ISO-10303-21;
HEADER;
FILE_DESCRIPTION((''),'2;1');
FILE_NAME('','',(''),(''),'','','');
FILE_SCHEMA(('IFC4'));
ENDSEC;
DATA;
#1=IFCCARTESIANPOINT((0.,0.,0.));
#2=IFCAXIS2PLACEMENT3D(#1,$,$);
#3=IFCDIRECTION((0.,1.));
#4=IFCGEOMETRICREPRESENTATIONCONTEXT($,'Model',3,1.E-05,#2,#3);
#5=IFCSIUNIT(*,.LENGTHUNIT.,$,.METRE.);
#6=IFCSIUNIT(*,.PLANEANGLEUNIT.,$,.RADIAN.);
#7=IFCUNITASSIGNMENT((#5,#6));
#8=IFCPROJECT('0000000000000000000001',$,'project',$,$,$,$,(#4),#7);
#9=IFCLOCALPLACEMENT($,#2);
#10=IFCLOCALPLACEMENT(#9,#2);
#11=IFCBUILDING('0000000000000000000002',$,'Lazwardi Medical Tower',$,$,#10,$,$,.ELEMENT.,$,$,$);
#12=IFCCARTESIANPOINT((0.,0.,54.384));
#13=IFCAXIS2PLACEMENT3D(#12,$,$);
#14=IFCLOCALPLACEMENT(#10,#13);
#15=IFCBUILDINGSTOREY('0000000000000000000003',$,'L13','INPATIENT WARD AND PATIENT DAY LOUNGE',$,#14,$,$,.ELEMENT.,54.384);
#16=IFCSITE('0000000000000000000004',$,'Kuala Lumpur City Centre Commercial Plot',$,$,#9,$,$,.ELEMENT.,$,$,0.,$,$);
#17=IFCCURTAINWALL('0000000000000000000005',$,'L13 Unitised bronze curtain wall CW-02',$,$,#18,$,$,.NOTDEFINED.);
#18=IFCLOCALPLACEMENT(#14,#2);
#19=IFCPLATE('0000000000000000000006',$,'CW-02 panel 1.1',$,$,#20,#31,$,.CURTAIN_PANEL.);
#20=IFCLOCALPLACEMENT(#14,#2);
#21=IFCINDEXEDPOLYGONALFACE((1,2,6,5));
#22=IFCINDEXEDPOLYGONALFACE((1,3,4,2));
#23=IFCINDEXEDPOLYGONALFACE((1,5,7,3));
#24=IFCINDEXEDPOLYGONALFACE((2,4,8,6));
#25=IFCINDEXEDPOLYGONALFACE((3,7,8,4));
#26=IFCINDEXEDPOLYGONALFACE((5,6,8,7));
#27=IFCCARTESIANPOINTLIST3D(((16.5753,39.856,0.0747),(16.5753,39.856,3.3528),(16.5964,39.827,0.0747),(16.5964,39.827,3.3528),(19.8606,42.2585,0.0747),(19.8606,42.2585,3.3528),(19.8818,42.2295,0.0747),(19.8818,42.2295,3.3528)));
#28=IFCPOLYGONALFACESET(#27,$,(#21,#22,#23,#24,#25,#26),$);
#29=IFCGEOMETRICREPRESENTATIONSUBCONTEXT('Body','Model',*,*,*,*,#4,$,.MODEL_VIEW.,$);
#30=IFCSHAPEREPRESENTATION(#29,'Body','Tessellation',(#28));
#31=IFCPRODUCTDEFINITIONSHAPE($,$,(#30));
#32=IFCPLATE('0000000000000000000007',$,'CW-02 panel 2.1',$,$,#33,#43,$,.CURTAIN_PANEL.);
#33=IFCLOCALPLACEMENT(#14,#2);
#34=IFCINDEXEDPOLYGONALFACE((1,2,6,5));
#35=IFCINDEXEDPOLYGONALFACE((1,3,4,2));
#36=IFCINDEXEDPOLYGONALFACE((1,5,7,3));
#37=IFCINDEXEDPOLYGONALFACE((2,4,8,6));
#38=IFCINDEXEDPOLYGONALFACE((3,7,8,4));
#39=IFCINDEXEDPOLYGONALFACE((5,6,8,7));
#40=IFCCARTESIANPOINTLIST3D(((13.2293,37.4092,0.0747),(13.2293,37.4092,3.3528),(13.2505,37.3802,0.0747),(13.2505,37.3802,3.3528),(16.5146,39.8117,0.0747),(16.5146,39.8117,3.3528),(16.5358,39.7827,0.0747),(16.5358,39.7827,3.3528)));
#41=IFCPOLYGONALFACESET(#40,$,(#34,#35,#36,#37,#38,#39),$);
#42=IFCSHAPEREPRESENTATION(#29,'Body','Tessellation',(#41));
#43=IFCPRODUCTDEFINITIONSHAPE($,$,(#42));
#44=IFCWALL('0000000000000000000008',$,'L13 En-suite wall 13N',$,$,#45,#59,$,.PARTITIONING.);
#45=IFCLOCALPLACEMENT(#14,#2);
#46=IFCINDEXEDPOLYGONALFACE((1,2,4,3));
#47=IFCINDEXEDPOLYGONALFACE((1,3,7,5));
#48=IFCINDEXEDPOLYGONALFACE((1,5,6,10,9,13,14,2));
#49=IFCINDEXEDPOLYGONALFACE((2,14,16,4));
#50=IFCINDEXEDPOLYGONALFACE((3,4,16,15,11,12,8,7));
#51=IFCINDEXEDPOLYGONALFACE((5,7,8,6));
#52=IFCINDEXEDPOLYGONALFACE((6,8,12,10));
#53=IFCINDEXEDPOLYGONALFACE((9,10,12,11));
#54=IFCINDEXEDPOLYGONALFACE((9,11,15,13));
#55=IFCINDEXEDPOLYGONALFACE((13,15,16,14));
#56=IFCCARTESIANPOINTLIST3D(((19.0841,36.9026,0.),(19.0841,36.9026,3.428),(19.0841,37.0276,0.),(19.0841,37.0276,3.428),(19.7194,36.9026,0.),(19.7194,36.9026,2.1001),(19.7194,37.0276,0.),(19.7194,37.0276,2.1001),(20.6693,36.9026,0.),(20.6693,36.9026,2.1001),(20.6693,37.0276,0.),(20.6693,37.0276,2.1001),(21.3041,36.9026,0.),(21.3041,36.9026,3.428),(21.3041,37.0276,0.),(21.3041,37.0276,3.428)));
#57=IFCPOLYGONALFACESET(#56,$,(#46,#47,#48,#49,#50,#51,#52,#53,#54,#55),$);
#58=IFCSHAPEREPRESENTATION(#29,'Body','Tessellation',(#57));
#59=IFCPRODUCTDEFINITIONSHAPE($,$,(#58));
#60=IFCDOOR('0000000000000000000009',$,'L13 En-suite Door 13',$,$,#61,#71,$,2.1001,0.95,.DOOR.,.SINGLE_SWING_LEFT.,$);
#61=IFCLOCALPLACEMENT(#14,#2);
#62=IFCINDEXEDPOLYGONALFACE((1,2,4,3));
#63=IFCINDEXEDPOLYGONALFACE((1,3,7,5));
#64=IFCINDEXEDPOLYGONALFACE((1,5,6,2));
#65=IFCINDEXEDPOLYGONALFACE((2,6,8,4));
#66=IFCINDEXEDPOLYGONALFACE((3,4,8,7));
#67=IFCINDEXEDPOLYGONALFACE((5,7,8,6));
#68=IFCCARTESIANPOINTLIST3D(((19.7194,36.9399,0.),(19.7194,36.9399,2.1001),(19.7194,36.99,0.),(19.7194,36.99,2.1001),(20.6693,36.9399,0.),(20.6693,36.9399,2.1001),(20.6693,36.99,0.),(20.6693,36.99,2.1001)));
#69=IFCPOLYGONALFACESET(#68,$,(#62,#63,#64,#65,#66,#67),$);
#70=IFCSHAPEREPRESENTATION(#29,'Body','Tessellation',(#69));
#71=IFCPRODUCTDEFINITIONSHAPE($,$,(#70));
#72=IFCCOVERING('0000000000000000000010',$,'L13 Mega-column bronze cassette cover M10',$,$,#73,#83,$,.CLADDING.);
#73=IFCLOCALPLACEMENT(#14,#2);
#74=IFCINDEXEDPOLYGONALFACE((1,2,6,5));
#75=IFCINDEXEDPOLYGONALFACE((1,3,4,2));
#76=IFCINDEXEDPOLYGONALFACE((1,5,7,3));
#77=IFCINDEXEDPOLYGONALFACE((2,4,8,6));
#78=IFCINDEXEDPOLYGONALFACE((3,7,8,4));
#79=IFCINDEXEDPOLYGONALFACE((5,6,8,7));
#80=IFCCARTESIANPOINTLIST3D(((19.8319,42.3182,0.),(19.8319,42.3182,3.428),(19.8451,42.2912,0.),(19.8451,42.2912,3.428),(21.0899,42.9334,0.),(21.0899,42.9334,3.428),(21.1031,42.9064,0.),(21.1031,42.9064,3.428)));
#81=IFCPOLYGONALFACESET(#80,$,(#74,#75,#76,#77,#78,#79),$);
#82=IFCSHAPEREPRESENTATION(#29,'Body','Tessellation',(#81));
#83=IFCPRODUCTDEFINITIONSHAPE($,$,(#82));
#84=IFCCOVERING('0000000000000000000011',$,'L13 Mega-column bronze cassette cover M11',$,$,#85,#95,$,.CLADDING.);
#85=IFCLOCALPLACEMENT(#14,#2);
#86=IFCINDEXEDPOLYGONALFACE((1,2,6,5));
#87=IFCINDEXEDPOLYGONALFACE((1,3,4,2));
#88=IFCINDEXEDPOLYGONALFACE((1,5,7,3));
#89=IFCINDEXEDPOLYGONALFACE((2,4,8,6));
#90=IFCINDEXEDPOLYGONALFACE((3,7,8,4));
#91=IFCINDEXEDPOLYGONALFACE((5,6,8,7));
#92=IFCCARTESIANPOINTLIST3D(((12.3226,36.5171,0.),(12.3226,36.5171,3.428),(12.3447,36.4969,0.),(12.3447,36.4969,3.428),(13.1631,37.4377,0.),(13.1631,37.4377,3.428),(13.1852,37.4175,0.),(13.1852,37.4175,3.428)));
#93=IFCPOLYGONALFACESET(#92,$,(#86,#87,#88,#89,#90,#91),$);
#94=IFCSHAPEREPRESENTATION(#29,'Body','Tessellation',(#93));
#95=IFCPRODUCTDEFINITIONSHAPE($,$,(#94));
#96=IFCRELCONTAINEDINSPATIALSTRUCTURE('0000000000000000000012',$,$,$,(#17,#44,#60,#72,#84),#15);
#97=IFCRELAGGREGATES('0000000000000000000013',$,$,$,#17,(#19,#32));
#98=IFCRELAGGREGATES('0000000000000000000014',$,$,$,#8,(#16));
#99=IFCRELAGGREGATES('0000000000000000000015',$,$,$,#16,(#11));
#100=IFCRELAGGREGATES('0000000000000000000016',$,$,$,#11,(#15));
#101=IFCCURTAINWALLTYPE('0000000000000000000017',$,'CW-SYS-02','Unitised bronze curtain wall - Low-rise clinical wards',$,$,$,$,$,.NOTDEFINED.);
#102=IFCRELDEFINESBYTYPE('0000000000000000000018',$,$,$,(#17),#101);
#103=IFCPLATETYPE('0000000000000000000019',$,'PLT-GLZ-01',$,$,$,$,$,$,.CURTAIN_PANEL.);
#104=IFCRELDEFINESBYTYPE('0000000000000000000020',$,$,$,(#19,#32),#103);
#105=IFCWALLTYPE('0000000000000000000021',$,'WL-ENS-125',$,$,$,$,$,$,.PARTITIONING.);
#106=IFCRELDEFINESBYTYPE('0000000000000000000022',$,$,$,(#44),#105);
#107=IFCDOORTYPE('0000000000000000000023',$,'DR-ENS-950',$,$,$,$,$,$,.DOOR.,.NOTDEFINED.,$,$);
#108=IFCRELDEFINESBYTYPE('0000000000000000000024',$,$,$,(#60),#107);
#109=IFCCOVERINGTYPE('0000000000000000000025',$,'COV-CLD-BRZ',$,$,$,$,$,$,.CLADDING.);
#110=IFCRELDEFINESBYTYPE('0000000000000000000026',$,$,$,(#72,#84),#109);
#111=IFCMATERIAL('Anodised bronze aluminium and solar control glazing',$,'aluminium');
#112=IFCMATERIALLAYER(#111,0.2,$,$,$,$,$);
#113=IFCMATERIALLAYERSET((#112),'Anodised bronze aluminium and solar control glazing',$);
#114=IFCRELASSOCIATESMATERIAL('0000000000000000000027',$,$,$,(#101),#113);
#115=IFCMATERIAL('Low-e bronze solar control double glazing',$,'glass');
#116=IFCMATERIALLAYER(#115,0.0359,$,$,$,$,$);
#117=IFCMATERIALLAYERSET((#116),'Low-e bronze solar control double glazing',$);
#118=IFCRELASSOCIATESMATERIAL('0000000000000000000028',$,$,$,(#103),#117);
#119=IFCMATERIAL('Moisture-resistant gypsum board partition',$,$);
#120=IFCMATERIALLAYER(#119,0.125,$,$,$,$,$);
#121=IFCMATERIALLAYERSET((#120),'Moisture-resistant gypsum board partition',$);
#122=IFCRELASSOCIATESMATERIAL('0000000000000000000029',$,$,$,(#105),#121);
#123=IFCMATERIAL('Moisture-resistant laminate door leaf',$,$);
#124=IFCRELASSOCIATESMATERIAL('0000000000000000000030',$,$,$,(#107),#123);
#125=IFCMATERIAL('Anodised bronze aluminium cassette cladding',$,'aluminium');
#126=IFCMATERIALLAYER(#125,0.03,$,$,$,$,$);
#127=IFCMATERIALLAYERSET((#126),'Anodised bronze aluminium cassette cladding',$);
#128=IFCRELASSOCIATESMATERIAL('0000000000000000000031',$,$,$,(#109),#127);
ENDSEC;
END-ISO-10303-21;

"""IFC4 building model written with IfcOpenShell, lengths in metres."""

from ifc_helpers import new_model, si_unit, direction, frame, frame_2d, origin, origin_2d, place, context, subcontext, project, spatial, rectangle, extrude, material, layer, layer_set, type_object, element, fill, aggregate, save


model = new_model("IFC4")

# Units and contexts
model_context = context("Model", 3, precision=1e-05, world=origin(), true_north=direction((0.0, 1.0)))
body_context = subcontext(model_context, "Body", "Model", "MODEL_VIEW")
ifc_project = project(units=[si_unit("LENGTHUNIT", "METRE"), si_unit("PLANEANGLEUNIT", "RADIAN")], contexts=[model_context])

# Site, building, storey
site_placement = place(None, origin())
site = spatial("IfcSite", under=ifc_project, at=site_placement, Name="Kuala Lumpur City Centre Commercial Plot", CompositionType="ELEMENT", RefElevation=0.0)
building_placement = place(site_placement, origin())
building = spatial("IfcBuilding", under=site, at=building_placement, Name="Lazwardi Medical Tower", CompositionType="ELEMENT")
storey_placement = place(building_placement, frame((0.0, 0.0, 54.384)))
storey = spatial("IfcBuildingStorey", under=building, at=storey_placement, Name="L13", Description="INPATIENT WARD AND PATIENT DAY LOUNGE", CompositionType="ELEMENT", Elevation=54.384)

# Shared definitions
ifc_material_1 = material(Name="Anodised bronze aluminium and solar control glazing", Category="aluminium")
ifc_layer_1 = layer(ifc_material_1, 0.2)
ifc_layer_set_1 = layer_set([ifc_layer_1], Name="Anodised bronze aluminium and solar control glazing")
curtain_wall_type = type_object("IfcCurtainWallType", Name="CW-SYS-02", Description="Unitised bronze curtain wall - Low-rise clinical wards", PredefinedType="NOTDEFINED", material=ifc_layer_set_1)

# Curtain wall
curtain_wall_1_placement = place(storey_placement, origin())
curtain_wall_1 = element("IfcCurtainWall", 1, at=curtain_wall_1_placement, inside=storey, type_object=curtain_wall_type, Name="L13 Unitised bronze curtain wall CW-02", PredefinedType="NOTDEFINED")

# Plates
ifc_material_2 = material(Name="Low-e bronze solar control double glazing", Category="glass")
ifc_layer_2 = layer(ifc_material_2, 0.0359)
ifc_layer_set_2 = layer_set([ifc_layer_2], Name="Low-e bronze solar control double glazing")
plate_type = type_object("IfcPlateType", Name="PLT-GLZ-01", PredefinedType="CURTAIN_PANEL", material=ifc_layer_set_2)
plate_1_placement = place(storey_placement, frame((18.2285, 41.0427, 0.0747), z_axis=(0.0, 0.0, 1.0), x_axis=(-0.807192, -0.590289, 0.0)))
plate_1 = element("IfcPlate", 2, at=plate_1_placement, type_object=plate_type, Name="CW-02 panel 1.1", PredefinedType="CURTAIN_PANEL", context=body_context, shape_type="SweptSolid", body=[
    extrude(rectangle(XDim=4.0701, YDim=0.0359, at=origin_2d()), origin(), (0.0, 0.0, 1.0), 3.2781),
])
plate_2_placement = place(storey_placement, frame((14.8826, 38.5959, 0.0747), z_axis=(0.0, 0.0, 1.0), x_axis=(-0.807192, -0.590289, 0.0)))
plate_2 = element("IfcPlate", 3, at=plate_2_placement, type_object=plate_type, Name="CW-02 panel 2.1", PredefinedType="CURTAIN_PANEL", context=body_context, shape_type="SweptSolid", body=[
    extrude(rectangle(XDim=4.0701, YDim=0.0359, at=origin_2d()), origin(), (0.0, 0.0, 1.0), 3.2781),
])
aggregate(curtain_wall_1, [plate_1, plate_2])

# Wall, opening, door
ifc_material_3 = material(Name="Moisture-resistant gypsum board partition")
ifc_layer_3 = layer(ifc_material_3, 0.125)
ifc_layer_set_3 = layer_set([ifc_layer_3], Name="Moisture-resistant gypsum board partition")
wall_type = type_object("IfcWallType", Name="WL-ENS-125", PredefinedType="PARTITIONING", material=ifc_layer_set_3)
wall_placement = place(storey_placement, frame((19.0842, 36.9651, 0.0), z_axis=(0.0, 0.0, 1.0), x_axis=(1.0, 0.0, 0.0)))
wall = element("IfcWall", 4, at=wall_placement, inside=storey, type_object=wall_type, Name="L13 En-suite wall 13N", PredefinedType="PARTITIONING", context=body_context, shape_type="SweptSolid", body=[
    extrude(rectangle(XDim=2.22, YDim=0.125, at=frame_2d((1.1099, 0.0))), origin(), (0.0, 0.0, 1.0), 3.428),
])
opening_placement = place(wall_placement, frame((0.635, 0.0, 0.0)))
opening = element("IfcOpeningElement", 5, at=opening_placement, cuts=wall, PredefinedType="OPENING", context=body_context, shape_type="SweptSolid", body=[
    extrude(rectangle(XDim=0.95, YDim=2.1001, at=frame_2d((0.4751, 1.05))), frame((0.0, 0.0725, 0.0), z_axis=(0.0, -1.0, 0.0), x_axis=(1.0, 0.0, 0.0)), (0.0, 0.0, 1.0), 0.145),
])
ifc_material_4 = material(Name="Moisture-resistant laminate door leaf")
door_type = type_object("IfcDoorType", Name="DR-ENS-950", OperationType="NOTDEFINED", PredefinedType="DOOR", material=ifc_material_4)
door_placement = place(opening_placement, origin())
door = element("IfcDoor", 6, at=door_placement, inside=storey, type_object=door_type, Name="L13 En-suite Door 13", OperationType="SINGLE_SWING_LEFT", OverallHeight=2.1001, OverallWidth=0.95, PredefinedType="DOOR", context=body_context, shape_type="SweptSolid", body=[
    extrude(rectangle(XDim=0.95, YDim=2.1001, at=frame_2d((0.4751, 1.05))), frame((0.0, 0.0249, 0.0), z_axis=(0.0, -1.0, 0.0), x_axis=(1.0, 0.0, 0.0)), (0.0, 0.0, 1.0), 0.05),
])
fill(opening, door)

# Coverings
ifc_material_5 = material(Name="Anodised bronze aluminium cassette cladding", Category="aluminium")
ifc_layer_4 = layer(ifc_material_5, 0.03)
ifc_layer_set_4 = layer_set([ifc_layer_4], Name="Anodised bronze aluminium cassette cladding")
covering_type = type_object("IfcCoveringType", Name="COV-CLD-BRZ", PredefinedType="CLADDING", material=ifc_layer_set_4)
covering_1_placement = place(storey_placement, frame((20.4675, 42.6123, 0.0), z_axis=(0.0, 0.0, 1.0), x_axis=(-0.898334, -0.439312, 0.0)))
element("IfcCovering", 7, at=covering_1_placement, inside=storey, type_object=covering_type, Name="L13 Mega-column bronze cassette cover M10", PredefinedType="CLADDING", context=body_context, shape_type="SweptSolid", body=[
    extrude(rectangle(XDim=1.4004, YDim=0.03, at=origin_2d()), origin(), (0.0, 0.0, 1.0), 3.428),
])
covering_2_placement = place(storey_placement, frame((12.7539, 36.9673, 0.0), z_axis=(0.0, 0.0, 1.0), x_axis=(-0.674252, -0.738501, 0.0)))
element("IfcCovering", 8, at=covering_2_placement, inside=storey, type_object=covering_type, Name="L13 Mega-column bronze cassette cover M11", PredefinedType="CLADDING", context=body_context, shape_type="SweptSolid", body=[
    extrude(rectangle(XDim=1.2466, YDim=0.03, at=origin_2d()), origin(), (0.0, 0.0, 1.0), 3.428),
])

save(model, "model.ifc")
